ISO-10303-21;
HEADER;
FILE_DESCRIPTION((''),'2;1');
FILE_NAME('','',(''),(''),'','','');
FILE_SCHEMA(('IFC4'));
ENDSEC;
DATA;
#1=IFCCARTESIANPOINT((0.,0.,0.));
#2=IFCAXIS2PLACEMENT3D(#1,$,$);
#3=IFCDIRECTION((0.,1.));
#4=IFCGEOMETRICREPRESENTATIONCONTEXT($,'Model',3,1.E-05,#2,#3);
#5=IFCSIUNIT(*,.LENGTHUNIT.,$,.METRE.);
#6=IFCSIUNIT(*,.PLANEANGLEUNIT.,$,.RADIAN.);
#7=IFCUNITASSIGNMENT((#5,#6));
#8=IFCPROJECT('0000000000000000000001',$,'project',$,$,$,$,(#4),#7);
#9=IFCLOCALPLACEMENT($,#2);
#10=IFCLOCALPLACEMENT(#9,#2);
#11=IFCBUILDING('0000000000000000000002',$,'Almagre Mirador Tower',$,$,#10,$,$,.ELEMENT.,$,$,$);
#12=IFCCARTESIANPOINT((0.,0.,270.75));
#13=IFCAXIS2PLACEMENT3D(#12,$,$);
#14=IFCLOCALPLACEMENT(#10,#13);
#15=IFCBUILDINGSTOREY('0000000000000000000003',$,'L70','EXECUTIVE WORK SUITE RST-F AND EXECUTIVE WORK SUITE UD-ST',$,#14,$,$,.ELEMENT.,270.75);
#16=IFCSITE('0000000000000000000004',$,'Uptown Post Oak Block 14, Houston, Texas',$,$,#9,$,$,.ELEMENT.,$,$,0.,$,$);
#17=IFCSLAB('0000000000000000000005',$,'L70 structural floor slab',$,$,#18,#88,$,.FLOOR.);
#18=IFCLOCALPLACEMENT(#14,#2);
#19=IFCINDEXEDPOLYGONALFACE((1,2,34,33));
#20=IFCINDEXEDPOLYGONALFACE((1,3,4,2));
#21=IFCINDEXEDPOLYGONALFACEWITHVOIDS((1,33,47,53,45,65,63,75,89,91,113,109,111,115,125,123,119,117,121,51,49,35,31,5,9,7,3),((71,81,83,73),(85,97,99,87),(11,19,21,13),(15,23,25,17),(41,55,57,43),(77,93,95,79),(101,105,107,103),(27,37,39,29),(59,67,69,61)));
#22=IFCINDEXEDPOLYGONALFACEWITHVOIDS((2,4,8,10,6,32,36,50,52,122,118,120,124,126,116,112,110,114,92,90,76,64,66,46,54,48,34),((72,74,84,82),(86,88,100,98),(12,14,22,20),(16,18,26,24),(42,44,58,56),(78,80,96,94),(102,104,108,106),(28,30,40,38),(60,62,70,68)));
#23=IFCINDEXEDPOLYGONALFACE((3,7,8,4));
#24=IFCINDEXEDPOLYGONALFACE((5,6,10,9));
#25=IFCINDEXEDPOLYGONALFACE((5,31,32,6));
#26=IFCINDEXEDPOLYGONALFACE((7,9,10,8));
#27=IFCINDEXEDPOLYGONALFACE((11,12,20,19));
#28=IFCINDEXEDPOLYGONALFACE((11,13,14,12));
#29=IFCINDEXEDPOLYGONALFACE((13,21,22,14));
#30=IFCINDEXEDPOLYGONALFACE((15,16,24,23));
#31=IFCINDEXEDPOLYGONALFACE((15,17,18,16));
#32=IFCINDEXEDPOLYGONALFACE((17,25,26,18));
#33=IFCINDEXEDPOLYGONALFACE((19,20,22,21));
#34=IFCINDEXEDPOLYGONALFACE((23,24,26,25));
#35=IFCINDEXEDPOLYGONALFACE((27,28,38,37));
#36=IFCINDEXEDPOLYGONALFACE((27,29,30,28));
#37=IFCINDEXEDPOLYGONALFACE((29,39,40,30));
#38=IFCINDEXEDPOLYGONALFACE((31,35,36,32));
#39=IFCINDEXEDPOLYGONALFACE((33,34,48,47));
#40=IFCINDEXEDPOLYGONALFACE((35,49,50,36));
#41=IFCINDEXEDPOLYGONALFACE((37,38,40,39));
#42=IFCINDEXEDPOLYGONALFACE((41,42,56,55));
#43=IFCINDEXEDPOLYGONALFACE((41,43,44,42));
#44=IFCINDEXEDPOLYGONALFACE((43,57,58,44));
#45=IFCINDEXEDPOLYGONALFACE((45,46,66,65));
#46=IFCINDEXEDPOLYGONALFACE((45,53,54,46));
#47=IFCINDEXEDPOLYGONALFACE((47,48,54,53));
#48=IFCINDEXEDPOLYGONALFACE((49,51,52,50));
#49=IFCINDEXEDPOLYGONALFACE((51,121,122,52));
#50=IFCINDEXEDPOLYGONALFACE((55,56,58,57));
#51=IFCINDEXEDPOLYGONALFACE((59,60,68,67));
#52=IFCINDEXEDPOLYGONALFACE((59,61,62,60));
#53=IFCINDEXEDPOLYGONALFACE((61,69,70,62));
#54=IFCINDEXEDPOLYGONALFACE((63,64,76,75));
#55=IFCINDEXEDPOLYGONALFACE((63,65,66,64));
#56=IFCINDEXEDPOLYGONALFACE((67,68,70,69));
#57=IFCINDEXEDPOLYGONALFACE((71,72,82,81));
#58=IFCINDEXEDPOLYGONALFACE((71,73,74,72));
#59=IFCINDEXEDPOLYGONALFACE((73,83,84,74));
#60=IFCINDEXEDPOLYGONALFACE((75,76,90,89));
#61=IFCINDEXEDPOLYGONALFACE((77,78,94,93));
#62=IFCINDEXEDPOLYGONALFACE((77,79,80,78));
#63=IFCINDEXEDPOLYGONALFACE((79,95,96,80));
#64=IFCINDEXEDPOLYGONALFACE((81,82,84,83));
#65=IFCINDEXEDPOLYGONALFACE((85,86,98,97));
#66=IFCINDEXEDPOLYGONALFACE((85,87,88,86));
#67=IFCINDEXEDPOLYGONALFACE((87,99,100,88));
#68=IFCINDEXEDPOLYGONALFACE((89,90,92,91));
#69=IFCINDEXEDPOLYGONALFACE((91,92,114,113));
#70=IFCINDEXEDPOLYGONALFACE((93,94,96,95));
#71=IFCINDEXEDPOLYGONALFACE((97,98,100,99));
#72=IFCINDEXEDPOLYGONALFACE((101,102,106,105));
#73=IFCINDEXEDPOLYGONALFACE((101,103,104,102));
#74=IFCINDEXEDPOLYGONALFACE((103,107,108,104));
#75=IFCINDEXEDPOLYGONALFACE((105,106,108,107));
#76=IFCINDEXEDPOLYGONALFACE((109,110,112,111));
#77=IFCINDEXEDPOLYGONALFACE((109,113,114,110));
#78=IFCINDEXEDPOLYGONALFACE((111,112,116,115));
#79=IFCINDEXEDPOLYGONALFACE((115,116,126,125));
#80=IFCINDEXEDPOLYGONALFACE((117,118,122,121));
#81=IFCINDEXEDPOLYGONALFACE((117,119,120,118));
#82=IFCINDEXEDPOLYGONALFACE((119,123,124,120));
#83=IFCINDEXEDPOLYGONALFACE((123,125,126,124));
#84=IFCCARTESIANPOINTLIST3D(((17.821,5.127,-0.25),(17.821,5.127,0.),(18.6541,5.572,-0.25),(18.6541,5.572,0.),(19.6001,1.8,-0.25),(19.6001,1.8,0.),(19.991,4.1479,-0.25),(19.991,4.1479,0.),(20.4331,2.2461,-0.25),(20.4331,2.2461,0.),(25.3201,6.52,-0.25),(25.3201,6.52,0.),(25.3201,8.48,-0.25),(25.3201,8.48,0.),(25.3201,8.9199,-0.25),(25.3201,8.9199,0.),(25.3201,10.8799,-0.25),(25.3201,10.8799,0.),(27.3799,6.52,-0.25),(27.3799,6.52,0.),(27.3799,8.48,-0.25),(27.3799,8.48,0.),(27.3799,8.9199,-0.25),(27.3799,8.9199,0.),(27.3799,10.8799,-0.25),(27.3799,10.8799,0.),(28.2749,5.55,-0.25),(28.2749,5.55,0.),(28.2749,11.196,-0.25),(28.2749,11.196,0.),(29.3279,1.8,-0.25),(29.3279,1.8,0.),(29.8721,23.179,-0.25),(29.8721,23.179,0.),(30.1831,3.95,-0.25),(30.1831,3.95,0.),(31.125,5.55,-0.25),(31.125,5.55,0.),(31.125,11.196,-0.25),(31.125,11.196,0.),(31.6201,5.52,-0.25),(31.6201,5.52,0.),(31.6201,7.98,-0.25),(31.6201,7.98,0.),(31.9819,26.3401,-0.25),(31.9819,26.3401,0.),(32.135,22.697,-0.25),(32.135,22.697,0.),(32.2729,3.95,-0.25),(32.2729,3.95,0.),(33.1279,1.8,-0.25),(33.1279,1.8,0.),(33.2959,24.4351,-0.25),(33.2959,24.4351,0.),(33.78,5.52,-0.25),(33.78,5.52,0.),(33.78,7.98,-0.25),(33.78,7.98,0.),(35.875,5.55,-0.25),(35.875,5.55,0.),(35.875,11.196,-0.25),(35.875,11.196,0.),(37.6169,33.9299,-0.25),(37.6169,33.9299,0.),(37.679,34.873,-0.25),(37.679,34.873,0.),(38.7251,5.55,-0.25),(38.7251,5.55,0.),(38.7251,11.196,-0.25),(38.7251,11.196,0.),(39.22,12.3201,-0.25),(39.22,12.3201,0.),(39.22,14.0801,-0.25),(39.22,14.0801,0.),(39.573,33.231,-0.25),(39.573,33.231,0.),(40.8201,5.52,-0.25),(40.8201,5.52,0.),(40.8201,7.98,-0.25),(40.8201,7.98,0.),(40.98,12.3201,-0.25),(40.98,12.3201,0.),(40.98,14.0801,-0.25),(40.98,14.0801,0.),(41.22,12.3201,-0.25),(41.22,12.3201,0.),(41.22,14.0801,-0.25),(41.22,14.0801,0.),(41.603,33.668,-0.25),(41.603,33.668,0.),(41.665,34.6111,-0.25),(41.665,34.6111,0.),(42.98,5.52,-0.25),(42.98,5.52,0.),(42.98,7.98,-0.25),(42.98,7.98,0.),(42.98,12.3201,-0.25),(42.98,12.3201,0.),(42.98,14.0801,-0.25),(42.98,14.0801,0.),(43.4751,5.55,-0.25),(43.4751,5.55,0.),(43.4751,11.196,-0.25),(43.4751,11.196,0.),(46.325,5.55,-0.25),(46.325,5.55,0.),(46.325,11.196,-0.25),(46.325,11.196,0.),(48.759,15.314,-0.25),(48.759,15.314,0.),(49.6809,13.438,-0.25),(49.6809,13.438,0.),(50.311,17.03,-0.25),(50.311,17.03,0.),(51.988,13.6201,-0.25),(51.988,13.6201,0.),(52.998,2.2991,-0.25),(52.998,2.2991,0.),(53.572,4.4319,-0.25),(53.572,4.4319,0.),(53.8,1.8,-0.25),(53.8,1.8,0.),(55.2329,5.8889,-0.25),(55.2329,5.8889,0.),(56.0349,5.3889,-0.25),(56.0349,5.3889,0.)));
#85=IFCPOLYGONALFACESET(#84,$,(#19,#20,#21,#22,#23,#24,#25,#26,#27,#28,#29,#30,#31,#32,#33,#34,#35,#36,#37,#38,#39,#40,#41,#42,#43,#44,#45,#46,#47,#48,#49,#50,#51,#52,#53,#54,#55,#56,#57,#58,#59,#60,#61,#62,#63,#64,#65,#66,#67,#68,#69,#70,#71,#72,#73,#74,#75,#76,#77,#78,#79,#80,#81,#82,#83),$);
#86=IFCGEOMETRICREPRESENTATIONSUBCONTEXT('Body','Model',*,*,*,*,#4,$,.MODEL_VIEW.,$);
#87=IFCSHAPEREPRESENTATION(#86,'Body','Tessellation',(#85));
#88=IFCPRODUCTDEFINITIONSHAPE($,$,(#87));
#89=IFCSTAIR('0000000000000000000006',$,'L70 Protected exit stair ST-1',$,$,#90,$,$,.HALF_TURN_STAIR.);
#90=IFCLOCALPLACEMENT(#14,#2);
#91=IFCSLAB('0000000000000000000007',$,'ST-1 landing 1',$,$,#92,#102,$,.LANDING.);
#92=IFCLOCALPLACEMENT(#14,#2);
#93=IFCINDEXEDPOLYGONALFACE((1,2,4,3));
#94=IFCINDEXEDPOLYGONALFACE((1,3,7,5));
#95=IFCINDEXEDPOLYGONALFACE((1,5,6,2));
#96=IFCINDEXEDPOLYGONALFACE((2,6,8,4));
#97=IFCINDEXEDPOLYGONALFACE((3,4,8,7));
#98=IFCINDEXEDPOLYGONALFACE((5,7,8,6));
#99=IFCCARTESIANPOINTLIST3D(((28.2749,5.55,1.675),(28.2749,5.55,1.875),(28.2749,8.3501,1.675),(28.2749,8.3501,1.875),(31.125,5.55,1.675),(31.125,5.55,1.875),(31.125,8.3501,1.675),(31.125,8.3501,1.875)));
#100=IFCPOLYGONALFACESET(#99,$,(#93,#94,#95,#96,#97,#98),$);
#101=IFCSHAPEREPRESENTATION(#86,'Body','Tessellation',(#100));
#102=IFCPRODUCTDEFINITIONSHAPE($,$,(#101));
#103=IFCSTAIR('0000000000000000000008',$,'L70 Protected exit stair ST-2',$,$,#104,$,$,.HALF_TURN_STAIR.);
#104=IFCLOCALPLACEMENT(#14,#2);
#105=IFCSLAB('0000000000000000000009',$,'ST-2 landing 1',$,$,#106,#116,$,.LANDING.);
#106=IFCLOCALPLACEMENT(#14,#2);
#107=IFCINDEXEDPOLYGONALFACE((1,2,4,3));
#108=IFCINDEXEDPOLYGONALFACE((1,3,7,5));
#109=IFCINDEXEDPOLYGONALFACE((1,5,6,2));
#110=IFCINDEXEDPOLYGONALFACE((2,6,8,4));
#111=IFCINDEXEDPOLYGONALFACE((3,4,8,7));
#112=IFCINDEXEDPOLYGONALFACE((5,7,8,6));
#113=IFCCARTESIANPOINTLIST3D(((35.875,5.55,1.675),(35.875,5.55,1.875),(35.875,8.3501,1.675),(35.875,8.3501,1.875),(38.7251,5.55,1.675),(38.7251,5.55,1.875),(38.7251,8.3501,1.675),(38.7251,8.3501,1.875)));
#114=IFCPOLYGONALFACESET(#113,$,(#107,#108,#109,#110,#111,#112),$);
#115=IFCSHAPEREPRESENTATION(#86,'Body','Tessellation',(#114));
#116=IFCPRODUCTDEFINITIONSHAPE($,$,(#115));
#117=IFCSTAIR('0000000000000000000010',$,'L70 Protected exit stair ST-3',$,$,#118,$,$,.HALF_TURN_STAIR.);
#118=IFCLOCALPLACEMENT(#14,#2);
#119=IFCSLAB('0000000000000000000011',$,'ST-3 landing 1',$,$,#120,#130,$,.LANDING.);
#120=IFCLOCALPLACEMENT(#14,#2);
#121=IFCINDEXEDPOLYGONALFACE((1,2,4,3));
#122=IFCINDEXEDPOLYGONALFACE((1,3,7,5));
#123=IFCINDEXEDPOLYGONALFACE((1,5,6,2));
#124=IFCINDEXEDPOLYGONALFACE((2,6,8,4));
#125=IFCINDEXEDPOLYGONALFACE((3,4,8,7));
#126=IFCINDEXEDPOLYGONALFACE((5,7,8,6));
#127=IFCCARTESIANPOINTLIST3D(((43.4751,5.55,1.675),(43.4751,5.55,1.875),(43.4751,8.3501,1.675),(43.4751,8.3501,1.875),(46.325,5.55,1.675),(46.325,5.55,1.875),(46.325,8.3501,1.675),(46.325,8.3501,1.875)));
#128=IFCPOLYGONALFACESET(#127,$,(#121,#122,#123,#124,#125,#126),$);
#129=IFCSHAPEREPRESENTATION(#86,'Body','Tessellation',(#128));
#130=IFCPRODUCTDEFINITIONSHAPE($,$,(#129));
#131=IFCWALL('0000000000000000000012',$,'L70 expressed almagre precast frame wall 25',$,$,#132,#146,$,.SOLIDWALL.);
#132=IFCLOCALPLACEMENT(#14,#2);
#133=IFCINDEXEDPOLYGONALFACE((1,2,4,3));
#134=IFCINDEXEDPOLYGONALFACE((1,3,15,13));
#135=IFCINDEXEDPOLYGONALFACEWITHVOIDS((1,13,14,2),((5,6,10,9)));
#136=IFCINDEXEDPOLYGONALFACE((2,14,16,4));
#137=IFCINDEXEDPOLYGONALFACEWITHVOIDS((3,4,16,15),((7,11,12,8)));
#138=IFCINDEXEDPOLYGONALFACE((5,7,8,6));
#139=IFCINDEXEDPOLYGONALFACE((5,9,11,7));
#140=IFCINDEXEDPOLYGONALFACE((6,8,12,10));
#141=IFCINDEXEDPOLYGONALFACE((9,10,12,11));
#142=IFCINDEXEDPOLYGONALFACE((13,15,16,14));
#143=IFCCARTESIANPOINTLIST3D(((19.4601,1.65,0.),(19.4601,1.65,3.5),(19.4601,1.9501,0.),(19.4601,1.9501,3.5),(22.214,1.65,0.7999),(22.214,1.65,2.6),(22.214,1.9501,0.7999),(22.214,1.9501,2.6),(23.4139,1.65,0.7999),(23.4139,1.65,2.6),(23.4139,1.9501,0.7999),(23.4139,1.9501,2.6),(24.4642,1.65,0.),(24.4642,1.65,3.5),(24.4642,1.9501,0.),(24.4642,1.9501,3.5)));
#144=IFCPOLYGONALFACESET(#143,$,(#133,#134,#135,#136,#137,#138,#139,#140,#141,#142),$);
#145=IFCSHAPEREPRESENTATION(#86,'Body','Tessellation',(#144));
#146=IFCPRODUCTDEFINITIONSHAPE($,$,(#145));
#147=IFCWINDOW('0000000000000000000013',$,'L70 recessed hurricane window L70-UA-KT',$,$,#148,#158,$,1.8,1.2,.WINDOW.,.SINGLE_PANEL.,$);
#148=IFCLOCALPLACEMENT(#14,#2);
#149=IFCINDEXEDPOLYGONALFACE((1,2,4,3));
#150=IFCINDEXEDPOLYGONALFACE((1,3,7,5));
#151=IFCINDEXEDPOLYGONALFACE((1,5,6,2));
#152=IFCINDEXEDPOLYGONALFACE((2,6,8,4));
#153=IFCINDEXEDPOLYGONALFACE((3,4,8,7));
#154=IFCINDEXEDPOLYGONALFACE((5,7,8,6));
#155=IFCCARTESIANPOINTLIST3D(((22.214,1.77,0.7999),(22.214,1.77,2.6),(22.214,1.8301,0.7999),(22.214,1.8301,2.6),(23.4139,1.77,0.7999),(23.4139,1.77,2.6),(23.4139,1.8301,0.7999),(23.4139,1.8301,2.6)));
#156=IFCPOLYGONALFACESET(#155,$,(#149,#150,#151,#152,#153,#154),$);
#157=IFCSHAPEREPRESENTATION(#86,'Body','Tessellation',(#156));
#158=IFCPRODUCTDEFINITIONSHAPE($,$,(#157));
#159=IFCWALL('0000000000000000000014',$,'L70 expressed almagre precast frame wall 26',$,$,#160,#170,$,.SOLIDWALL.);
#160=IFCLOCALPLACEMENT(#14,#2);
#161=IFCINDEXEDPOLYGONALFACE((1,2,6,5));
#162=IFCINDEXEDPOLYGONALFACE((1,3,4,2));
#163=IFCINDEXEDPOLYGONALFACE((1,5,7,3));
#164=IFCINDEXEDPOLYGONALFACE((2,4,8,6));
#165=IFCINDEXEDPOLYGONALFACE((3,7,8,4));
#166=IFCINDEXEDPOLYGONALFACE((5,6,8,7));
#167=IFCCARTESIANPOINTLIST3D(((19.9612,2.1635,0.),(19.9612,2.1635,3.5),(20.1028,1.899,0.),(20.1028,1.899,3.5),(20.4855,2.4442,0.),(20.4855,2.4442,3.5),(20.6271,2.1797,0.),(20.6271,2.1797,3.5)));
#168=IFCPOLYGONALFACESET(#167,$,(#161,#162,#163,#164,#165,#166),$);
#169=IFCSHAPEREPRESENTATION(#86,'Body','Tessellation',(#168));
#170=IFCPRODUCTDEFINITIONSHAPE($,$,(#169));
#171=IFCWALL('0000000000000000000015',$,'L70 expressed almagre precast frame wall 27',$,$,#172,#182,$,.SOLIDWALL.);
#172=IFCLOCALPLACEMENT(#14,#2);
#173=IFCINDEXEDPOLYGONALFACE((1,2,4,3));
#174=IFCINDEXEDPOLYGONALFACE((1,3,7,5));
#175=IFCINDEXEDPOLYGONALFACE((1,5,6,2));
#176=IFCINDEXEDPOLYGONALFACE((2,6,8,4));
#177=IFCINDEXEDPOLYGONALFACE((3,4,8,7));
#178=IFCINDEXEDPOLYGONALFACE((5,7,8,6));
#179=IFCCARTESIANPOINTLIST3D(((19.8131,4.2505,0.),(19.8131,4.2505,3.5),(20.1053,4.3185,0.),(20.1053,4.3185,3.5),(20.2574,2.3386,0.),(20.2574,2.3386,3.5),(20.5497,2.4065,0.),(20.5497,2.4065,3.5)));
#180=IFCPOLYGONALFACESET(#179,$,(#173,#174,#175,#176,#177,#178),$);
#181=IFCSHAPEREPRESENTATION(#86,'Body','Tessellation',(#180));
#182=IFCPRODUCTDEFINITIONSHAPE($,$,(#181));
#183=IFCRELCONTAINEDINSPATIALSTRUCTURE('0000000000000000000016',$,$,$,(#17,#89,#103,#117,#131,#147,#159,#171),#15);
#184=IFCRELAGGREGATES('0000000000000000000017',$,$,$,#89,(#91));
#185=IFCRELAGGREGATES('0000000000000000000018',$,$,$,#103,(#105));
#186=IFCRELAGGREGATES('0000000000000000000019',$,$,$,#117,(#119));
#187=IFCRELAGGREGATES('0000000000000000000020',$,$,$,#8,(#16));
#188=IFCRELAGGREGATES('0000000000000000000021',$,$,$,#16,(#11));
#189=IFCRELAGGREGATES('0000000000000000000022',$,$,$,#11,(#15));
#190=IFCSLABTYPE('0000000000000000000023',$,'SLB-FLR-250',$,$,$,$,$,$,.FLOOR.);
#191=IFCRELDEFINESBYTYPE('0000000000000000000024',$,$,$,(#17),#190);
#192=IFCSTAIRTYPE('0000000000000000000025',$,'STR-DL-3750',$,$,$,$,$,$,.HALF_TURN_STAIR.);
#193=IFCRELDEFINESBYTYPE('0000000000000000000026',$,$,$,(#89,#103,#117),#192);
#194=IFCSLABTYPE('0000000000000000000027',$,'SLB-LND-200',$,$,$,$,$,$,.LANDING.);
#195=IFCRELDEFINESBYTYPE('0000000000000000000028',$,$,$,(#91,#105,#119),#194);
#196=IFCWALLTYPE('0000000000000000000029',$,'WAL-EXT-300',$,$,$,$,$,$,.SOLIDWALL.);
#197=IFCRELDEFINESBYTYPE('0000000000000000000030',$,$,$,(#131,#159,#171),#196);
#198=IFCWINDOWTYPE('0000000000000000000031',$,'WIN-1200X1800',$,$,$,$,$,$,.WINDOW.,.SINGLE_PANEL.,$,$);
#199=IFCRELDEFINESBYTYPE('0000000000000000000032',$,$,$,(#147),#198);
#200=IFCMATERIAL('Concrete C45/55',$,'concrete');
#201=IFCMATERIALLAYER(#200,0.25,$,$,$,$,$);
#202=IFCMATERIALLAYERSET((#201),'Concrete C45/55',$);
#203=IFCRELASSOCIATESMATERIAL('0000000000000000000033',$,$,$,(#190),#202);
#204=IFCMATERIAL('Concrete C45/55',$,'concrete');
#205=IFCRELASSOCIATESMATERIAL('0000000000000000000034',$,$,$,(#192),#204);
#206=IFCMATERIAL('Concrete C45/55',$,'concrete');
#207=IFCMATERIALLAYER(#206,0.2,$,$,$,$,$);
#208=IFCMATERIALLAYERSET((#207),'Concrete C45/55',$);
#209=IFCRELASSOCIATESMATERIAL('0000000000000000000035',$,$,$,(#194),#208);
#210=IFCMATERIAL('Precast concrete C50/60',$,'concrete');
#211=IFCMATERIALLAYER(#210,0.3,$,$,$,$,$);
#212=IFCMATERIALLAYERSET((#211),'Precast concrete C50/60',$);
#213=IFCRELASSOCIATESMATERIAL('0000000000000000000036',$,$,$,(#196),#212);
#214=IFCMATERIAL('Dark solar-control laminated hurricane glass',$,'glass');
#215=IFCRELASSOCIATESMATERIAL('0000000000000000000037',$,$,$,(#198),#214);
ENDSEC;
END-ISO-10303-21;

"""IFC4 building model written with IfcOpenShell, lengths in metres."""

from ifc_helpers import new_model, si_unit, direction, frame, frame_2d, origin, place, context, subcontext, project, spatial, polyline, rectangle, outline, extrude, material, layer, layer_set, type_object, element, fill, aggregate, save


model = new_model("IFC4")

# Units and contexts
model_context = context("Model", 3, precision=1e-05, world=origin(), true_north=direction((0.0, 1.0)))
body_context = subcontext(model_context, "Body", "Model", "MODEL_VIEW")
ifc_project = project(units=[si_unit("LENGTHUNIT", "METRE"), si_unit("PLANEANGLEUNIT", "RADIAN")], contexts=[model_context])

# Site, building, storey
site_placement = place(None, origin())
site = spatial("IfcSite", under=ifc_project, at=site_placement, Name="Uptown Post Oak Block 14, Houston, Texas", CompositionType="ELEMENT", RefElevation=0.0)
building_placement = place(site_placement, origin())
building = spatial("IfcBuilding", under=site, at=building_placement, Name="Almagre Mirador Tower", CompositionType="ELEMENT")
storey_placement = place(building_placement, frame((0.0, 0.0, 270.75)))
storey = spatial("IfcBuildingStorey", under=building, at=storey_placement, Name="L70", Description="EXECUTIVE WORK SUITE RST-F AND EXECUTIVE WORK SUITE UD-ST", CompositionType="ELEMENT", Elevation=270.75)

# Slab
ifc_material_1 = material(Name="Concrete C45/55", Category="concrete")
ifc_layer_1 = layer(ifc_material_1, 0.25)
ifc_layer_set_1 = layer_set([ifc_layer_1], Name="Concrete C45/55")
slab_type_1 = type_object("IfcSlabType", Name="SLB-FLR-250", PredefinedType="FLOOR", material=ifc_layer_set_1)
slab_1_placement = place(storey_placement, frame((0.0, 0.0, -0.25)))
element("IfcSlab", 1, at=slab_1_placement, inside=storey, type_object=slab_type_1, Name="L70 structural floor slab", PredefinedType="FLOOR", context=body_context, shape_type="SweptSolid", body=[
    extrude(outline(polyline([(17.821, 5.127), (18.6541, 5.572), (19.991, 4.1479), (20.4331, 2.2461), (19.6001, 1.8), (29.3279, 1.8), (30.1831, 3.95), (32.2729, 3.95), (33.1279, 1.8), (53.8, 1.8), (52.998, 2.2991), (53.572, 4.4319), (55.2329, 5.8889), (56.0349, 5.3889), (51.988, 13.6201), (49.6809, 13.438), (48.759, 15.314), (50.311, 17.03), (41.665, 34.6111), (41.603, 33.668), (39.573, 33.231), (37.6169, 33.9299), (37.679, 34.873), (31.9819, 26.3401), (33.2959, 24.4351), (32.135, 22.697), (29.8721, 23.179), (17.821, 5.127)]), holes=[polyline([(43.4751, 5.55), (43.4751, 11.196), (46.325, 11.196), (46.325, 5.55), (43.4751, 5.55)]), polyline([(41.22, 12.3201), (41.22, 14.0801), (42.98, 14.0801), (42.98, 12.3201), (41.22, 12.3201)]), polyline([(42.98, 5.52), (40.8201, 5.52), (40.8201, 7.98), (42.98, 7.98), (42.98, 5.52)]), polyline([(39.22, 12.3201), (39.22, 14.0801), (40.98, 14.0801), (40.98, 12.3201), (39.22, 12.3201)]), polyline([(35.875, 5.55), (35.875, 11.196), (38.7251, 11.196), (38.7251, 5.55), (35.875, 5.55)]), polyline([(33.78, 5.52), (31.6201, 5.52), (31.6201, 7.98), (33.78, 7.98), (33.78, 5.52)]), polyline([(28.2749, 5.55), (28.2749, 11.196), (31.125, 11.196), (31.125, 5.55), (28.2749, 5.55)]), polyline([(27.3799, 6.52), (25.3201, 6.52), (25.3201, 8.48), (27.3799, 8.48), (27.3799, 6.52)]), polyline([(27.3799, 8.9199), (25.3201, 8.9199), (25.3201, 10.8799), (27.3799, 10.8799), (27.3799, 8.9199)])]), origin(), (0.0, 0.0, 1.0), 0.25),
])

# Stairs, slabs
ifc_material_2 = material(Name="Concrete C45/55", Category="concrete")
stair_type = type_object("IfcStairType", Name="STR-DL-3750", PredefinedType="HALF_TURN_STAIR", material=ifc_material_2)
stair_1_placement = place(storey_placement, origin())
stair_1 = element("IfcStair", 2, at=stair_1_placement, inside=storey, type_object=stair_type, Name="L70 Protected exit stair ST-1", PredefinedType="HALF_TURN_STAIR")
ifc_material_3 = material(Name="Concrete C45/55", Category="concrete")
ifc_layer_2 = layer(ifc_material_3, 0.2)
ifc_layer_set_2 = layer_set([ifc_layer_2], Name="Concrete C45/55")
slab_type_2 = type_object("IfcSlabType", Name="SLB-LND-200", PredefinedType="LANDING", material=ifc_layer_set_2)
slab_2_placement = place(storey_placement, frame((0.0, 0.0, 1.675)))
slab_2 = element("IfcSlab", 3, at=slab_2_placement, type_object=slab_type_2, Name="ST-1 landing 1", PredefinedType="LANDING", context=body_context, shape_type="SweptSolid", body=[
    extrude(outline(polyline([(28.2749, 8.3501), (28.2749, 5.55), (31.125, 5.55), (31.125, 8.3501), (28.2749, 8.3501)])), origin(), (0.0, 0.0, 1.0), 0.2),
])
aggregate(stair_1, [slab_2])
stair_2_placement = place(storey_placement, origin())
stair_2 = element("IfcStair", 4, at=stair_2_placement, inside=storey, type_object=stair_type, Name="L70 Protected exit stair ST-2", PredefinedType="HALF_TURN_STAIR")
slab_3_placement = place(storey_placement, frame((0.0, 0.0, 1.675)))
slab_3 = element("IfcSlab", 5, at=slab_3_placement, type_object=slab_type_2, Name="ST-2 landing 1", PredefinedType="LANDING", context=body_context, shape_type="SweptSolid", body=[
    extrude(outline(polyline([(35.875, 8.3501), (35.875, 5.55), (38.7251, 5.55), (38.7251, 8.3501), (35.875, 8.3501)])), origin(), (0.0, 0.0, 1.0), 0.2),
])
aggregate(stair_2, [slab_3])
stair_3_placement = place(storey_placement, origin())
stair_3 = element("IfcStair", 6, at=stair_3_placement, inside=storey, type_object=stair_type, Name="L70 Protected exit stair ST-3", PredefinedType="HALF_TURN_STAIR")
slab_4_placement = place(storey_placement, frame((0.0, 0.0, 1.675)))
slab_4 = element("IfcSlab", 7, at=slab_4_placement, type_object=slab_type_2, Name="ST-3 landing 1", PredefinedType="LANDING", context=body_context, shape_type="SweptSolid", body=[
    extrude(outline(polyline([(43.4751, 8.3501), (43.4751, 5.55), (46.325, 5.55), (46.325, 8.3501), (43.4751, 8.3501)])), origin(), (0.0, 0.0, 1.0), 0.2),
])
aggregate(stair_3, [slab_4])

# Wall, opening, window
ifc_material_4 = material(Name="Precast concrete C50/60", Category="concrete")
ifc_layer_3 = layer(ifc_material_4, 0.3)
ifc_layer_set_3 = layer_set([ifc_layer_3], Name="Precast concrete C50/60")
wall_type_1 = type_object("IfcWallType", Name="WAL-EXT-300", PredefinedType="SOLIDWALL", material=ifc_layer_set_3)
wall_1_placement = place(storey_placement, frame((24.4641, 1.8, 0.0), z_axis=(0.0, 0.0, 1.0), x_axis=(-1.0, 0.0, 0.0)))
wall_1 = element("IfcWall", 8, at=wall_1_placement, inside=storey, type_object=wall_type_1, Name="L70 expressed almagre precast frame wall 25", PredefinedType="SOLIDWALL", context=body_context, shape_type="SweptSolid", body=[
    extrude(rectangle(XDim=5.0042, YDim=0.3, at=frame_2d((2.502, 0.0))), origin(), (0.0, 0.0, 1.0), 3.5),
])
opening_1_placement = place(wall_1_placement, frame((1.05, 0.0, 0.8)))
opening_1 = element("IfcOpeningElement", 9, at=opening_1_placement, cuts=wall_1, PredefinedType="OPENING", context=body_context, shape_type="SweptSolid", body=[
    extrude(rectangle(XDim=1.2, YDim=1.8, at=frame_2d((0.6001, 0.8999))), frame((0.0, 0.1599, 0.0), z_axis=(0.0, -1.0, 0.0), x_axis=(1.0, 0.0, 0.0)), (0.0, 0.0, 1.0), 0.32),
])
ifc_material_5 = material(Name="Dark solar-control laminated hurricane glass", Category="glass")
window_type_1 = type_object("IfcWindowType", Name="WIN-1200X1800", PartitioningType="SINGLE_PANEL", PredefinedType="WINDOW", material=ifc_material_5)
window_1_placement = place(opening_1_placement, origin())
window_1 = element("IfcWindow", 10, at=window_1_placement, inside=storey, type_object=window_type_1, Name="L70 recessed hurricane window L70-UA-KT", OverallHeight=1.8, OverallWidth=1.2, PartitioningType="SINGLE_PANEL", PredefinedType="WINDOW", context=body_context, shape_type="SweptSolid", body=[
    extrude(rectangle(XDim=1.2, YDim=1.8, at=frame_2d((0.6001, 0.8999))), frame((0.0, 0.03, 0.0), z_axis=(0.0, -1.0, 0.0), x_axis=(1.0, 0.0, 0.0)), (0.0, 0.0, 1.0), 0.0601),
])
fill(opening_1, window_1)

# Walls
wall_2_placement = place(storey_placement, frame((20.032, 2.0312, 0.0), z_axis=(0.0, 0.0, 1.0), x_axis=(0.881602, 0.471994, 0.0)))
element("IfcWall", 11, at=wall_2_placement, inside=storey, type_object=wall_type_1, Name="L70 expressed almagre precast frame wall 26", PredefinedType="SOLIDWALL", context=body_context, shape_type="SweptSolid", body=[
    extrude(rectangle(XDim=0.5947, YDim=0.3, at=frame_2d((0.2974, 0.0))), origin(), (0.0, 0.0, 1.0), 3.5),
])
wall_3_placement = place(storey_placement, frame((20.4036, 2.3726, 0.0), z_axis=(0.0, 0.0, 1.0), x_axis=(-0.226376, 0.97404, 0.0)))
element("IfcWall", 12, at=wall_3_placement, inside=storey, type_object=wall_type_1, Name="L70 expressed almagre precast frame wall 27", PredefinedType="SOLIDWALL", context=body_context, shape_type="SweptSolid", body=[
    extrude(rectangle(XDim=1.9629, YDim=0.3, at=frame_2d((0.9814, 0.0))), origin(), (0.0, 0.0, 1.0), 3.5),
])

save(model, "model.ifc")
